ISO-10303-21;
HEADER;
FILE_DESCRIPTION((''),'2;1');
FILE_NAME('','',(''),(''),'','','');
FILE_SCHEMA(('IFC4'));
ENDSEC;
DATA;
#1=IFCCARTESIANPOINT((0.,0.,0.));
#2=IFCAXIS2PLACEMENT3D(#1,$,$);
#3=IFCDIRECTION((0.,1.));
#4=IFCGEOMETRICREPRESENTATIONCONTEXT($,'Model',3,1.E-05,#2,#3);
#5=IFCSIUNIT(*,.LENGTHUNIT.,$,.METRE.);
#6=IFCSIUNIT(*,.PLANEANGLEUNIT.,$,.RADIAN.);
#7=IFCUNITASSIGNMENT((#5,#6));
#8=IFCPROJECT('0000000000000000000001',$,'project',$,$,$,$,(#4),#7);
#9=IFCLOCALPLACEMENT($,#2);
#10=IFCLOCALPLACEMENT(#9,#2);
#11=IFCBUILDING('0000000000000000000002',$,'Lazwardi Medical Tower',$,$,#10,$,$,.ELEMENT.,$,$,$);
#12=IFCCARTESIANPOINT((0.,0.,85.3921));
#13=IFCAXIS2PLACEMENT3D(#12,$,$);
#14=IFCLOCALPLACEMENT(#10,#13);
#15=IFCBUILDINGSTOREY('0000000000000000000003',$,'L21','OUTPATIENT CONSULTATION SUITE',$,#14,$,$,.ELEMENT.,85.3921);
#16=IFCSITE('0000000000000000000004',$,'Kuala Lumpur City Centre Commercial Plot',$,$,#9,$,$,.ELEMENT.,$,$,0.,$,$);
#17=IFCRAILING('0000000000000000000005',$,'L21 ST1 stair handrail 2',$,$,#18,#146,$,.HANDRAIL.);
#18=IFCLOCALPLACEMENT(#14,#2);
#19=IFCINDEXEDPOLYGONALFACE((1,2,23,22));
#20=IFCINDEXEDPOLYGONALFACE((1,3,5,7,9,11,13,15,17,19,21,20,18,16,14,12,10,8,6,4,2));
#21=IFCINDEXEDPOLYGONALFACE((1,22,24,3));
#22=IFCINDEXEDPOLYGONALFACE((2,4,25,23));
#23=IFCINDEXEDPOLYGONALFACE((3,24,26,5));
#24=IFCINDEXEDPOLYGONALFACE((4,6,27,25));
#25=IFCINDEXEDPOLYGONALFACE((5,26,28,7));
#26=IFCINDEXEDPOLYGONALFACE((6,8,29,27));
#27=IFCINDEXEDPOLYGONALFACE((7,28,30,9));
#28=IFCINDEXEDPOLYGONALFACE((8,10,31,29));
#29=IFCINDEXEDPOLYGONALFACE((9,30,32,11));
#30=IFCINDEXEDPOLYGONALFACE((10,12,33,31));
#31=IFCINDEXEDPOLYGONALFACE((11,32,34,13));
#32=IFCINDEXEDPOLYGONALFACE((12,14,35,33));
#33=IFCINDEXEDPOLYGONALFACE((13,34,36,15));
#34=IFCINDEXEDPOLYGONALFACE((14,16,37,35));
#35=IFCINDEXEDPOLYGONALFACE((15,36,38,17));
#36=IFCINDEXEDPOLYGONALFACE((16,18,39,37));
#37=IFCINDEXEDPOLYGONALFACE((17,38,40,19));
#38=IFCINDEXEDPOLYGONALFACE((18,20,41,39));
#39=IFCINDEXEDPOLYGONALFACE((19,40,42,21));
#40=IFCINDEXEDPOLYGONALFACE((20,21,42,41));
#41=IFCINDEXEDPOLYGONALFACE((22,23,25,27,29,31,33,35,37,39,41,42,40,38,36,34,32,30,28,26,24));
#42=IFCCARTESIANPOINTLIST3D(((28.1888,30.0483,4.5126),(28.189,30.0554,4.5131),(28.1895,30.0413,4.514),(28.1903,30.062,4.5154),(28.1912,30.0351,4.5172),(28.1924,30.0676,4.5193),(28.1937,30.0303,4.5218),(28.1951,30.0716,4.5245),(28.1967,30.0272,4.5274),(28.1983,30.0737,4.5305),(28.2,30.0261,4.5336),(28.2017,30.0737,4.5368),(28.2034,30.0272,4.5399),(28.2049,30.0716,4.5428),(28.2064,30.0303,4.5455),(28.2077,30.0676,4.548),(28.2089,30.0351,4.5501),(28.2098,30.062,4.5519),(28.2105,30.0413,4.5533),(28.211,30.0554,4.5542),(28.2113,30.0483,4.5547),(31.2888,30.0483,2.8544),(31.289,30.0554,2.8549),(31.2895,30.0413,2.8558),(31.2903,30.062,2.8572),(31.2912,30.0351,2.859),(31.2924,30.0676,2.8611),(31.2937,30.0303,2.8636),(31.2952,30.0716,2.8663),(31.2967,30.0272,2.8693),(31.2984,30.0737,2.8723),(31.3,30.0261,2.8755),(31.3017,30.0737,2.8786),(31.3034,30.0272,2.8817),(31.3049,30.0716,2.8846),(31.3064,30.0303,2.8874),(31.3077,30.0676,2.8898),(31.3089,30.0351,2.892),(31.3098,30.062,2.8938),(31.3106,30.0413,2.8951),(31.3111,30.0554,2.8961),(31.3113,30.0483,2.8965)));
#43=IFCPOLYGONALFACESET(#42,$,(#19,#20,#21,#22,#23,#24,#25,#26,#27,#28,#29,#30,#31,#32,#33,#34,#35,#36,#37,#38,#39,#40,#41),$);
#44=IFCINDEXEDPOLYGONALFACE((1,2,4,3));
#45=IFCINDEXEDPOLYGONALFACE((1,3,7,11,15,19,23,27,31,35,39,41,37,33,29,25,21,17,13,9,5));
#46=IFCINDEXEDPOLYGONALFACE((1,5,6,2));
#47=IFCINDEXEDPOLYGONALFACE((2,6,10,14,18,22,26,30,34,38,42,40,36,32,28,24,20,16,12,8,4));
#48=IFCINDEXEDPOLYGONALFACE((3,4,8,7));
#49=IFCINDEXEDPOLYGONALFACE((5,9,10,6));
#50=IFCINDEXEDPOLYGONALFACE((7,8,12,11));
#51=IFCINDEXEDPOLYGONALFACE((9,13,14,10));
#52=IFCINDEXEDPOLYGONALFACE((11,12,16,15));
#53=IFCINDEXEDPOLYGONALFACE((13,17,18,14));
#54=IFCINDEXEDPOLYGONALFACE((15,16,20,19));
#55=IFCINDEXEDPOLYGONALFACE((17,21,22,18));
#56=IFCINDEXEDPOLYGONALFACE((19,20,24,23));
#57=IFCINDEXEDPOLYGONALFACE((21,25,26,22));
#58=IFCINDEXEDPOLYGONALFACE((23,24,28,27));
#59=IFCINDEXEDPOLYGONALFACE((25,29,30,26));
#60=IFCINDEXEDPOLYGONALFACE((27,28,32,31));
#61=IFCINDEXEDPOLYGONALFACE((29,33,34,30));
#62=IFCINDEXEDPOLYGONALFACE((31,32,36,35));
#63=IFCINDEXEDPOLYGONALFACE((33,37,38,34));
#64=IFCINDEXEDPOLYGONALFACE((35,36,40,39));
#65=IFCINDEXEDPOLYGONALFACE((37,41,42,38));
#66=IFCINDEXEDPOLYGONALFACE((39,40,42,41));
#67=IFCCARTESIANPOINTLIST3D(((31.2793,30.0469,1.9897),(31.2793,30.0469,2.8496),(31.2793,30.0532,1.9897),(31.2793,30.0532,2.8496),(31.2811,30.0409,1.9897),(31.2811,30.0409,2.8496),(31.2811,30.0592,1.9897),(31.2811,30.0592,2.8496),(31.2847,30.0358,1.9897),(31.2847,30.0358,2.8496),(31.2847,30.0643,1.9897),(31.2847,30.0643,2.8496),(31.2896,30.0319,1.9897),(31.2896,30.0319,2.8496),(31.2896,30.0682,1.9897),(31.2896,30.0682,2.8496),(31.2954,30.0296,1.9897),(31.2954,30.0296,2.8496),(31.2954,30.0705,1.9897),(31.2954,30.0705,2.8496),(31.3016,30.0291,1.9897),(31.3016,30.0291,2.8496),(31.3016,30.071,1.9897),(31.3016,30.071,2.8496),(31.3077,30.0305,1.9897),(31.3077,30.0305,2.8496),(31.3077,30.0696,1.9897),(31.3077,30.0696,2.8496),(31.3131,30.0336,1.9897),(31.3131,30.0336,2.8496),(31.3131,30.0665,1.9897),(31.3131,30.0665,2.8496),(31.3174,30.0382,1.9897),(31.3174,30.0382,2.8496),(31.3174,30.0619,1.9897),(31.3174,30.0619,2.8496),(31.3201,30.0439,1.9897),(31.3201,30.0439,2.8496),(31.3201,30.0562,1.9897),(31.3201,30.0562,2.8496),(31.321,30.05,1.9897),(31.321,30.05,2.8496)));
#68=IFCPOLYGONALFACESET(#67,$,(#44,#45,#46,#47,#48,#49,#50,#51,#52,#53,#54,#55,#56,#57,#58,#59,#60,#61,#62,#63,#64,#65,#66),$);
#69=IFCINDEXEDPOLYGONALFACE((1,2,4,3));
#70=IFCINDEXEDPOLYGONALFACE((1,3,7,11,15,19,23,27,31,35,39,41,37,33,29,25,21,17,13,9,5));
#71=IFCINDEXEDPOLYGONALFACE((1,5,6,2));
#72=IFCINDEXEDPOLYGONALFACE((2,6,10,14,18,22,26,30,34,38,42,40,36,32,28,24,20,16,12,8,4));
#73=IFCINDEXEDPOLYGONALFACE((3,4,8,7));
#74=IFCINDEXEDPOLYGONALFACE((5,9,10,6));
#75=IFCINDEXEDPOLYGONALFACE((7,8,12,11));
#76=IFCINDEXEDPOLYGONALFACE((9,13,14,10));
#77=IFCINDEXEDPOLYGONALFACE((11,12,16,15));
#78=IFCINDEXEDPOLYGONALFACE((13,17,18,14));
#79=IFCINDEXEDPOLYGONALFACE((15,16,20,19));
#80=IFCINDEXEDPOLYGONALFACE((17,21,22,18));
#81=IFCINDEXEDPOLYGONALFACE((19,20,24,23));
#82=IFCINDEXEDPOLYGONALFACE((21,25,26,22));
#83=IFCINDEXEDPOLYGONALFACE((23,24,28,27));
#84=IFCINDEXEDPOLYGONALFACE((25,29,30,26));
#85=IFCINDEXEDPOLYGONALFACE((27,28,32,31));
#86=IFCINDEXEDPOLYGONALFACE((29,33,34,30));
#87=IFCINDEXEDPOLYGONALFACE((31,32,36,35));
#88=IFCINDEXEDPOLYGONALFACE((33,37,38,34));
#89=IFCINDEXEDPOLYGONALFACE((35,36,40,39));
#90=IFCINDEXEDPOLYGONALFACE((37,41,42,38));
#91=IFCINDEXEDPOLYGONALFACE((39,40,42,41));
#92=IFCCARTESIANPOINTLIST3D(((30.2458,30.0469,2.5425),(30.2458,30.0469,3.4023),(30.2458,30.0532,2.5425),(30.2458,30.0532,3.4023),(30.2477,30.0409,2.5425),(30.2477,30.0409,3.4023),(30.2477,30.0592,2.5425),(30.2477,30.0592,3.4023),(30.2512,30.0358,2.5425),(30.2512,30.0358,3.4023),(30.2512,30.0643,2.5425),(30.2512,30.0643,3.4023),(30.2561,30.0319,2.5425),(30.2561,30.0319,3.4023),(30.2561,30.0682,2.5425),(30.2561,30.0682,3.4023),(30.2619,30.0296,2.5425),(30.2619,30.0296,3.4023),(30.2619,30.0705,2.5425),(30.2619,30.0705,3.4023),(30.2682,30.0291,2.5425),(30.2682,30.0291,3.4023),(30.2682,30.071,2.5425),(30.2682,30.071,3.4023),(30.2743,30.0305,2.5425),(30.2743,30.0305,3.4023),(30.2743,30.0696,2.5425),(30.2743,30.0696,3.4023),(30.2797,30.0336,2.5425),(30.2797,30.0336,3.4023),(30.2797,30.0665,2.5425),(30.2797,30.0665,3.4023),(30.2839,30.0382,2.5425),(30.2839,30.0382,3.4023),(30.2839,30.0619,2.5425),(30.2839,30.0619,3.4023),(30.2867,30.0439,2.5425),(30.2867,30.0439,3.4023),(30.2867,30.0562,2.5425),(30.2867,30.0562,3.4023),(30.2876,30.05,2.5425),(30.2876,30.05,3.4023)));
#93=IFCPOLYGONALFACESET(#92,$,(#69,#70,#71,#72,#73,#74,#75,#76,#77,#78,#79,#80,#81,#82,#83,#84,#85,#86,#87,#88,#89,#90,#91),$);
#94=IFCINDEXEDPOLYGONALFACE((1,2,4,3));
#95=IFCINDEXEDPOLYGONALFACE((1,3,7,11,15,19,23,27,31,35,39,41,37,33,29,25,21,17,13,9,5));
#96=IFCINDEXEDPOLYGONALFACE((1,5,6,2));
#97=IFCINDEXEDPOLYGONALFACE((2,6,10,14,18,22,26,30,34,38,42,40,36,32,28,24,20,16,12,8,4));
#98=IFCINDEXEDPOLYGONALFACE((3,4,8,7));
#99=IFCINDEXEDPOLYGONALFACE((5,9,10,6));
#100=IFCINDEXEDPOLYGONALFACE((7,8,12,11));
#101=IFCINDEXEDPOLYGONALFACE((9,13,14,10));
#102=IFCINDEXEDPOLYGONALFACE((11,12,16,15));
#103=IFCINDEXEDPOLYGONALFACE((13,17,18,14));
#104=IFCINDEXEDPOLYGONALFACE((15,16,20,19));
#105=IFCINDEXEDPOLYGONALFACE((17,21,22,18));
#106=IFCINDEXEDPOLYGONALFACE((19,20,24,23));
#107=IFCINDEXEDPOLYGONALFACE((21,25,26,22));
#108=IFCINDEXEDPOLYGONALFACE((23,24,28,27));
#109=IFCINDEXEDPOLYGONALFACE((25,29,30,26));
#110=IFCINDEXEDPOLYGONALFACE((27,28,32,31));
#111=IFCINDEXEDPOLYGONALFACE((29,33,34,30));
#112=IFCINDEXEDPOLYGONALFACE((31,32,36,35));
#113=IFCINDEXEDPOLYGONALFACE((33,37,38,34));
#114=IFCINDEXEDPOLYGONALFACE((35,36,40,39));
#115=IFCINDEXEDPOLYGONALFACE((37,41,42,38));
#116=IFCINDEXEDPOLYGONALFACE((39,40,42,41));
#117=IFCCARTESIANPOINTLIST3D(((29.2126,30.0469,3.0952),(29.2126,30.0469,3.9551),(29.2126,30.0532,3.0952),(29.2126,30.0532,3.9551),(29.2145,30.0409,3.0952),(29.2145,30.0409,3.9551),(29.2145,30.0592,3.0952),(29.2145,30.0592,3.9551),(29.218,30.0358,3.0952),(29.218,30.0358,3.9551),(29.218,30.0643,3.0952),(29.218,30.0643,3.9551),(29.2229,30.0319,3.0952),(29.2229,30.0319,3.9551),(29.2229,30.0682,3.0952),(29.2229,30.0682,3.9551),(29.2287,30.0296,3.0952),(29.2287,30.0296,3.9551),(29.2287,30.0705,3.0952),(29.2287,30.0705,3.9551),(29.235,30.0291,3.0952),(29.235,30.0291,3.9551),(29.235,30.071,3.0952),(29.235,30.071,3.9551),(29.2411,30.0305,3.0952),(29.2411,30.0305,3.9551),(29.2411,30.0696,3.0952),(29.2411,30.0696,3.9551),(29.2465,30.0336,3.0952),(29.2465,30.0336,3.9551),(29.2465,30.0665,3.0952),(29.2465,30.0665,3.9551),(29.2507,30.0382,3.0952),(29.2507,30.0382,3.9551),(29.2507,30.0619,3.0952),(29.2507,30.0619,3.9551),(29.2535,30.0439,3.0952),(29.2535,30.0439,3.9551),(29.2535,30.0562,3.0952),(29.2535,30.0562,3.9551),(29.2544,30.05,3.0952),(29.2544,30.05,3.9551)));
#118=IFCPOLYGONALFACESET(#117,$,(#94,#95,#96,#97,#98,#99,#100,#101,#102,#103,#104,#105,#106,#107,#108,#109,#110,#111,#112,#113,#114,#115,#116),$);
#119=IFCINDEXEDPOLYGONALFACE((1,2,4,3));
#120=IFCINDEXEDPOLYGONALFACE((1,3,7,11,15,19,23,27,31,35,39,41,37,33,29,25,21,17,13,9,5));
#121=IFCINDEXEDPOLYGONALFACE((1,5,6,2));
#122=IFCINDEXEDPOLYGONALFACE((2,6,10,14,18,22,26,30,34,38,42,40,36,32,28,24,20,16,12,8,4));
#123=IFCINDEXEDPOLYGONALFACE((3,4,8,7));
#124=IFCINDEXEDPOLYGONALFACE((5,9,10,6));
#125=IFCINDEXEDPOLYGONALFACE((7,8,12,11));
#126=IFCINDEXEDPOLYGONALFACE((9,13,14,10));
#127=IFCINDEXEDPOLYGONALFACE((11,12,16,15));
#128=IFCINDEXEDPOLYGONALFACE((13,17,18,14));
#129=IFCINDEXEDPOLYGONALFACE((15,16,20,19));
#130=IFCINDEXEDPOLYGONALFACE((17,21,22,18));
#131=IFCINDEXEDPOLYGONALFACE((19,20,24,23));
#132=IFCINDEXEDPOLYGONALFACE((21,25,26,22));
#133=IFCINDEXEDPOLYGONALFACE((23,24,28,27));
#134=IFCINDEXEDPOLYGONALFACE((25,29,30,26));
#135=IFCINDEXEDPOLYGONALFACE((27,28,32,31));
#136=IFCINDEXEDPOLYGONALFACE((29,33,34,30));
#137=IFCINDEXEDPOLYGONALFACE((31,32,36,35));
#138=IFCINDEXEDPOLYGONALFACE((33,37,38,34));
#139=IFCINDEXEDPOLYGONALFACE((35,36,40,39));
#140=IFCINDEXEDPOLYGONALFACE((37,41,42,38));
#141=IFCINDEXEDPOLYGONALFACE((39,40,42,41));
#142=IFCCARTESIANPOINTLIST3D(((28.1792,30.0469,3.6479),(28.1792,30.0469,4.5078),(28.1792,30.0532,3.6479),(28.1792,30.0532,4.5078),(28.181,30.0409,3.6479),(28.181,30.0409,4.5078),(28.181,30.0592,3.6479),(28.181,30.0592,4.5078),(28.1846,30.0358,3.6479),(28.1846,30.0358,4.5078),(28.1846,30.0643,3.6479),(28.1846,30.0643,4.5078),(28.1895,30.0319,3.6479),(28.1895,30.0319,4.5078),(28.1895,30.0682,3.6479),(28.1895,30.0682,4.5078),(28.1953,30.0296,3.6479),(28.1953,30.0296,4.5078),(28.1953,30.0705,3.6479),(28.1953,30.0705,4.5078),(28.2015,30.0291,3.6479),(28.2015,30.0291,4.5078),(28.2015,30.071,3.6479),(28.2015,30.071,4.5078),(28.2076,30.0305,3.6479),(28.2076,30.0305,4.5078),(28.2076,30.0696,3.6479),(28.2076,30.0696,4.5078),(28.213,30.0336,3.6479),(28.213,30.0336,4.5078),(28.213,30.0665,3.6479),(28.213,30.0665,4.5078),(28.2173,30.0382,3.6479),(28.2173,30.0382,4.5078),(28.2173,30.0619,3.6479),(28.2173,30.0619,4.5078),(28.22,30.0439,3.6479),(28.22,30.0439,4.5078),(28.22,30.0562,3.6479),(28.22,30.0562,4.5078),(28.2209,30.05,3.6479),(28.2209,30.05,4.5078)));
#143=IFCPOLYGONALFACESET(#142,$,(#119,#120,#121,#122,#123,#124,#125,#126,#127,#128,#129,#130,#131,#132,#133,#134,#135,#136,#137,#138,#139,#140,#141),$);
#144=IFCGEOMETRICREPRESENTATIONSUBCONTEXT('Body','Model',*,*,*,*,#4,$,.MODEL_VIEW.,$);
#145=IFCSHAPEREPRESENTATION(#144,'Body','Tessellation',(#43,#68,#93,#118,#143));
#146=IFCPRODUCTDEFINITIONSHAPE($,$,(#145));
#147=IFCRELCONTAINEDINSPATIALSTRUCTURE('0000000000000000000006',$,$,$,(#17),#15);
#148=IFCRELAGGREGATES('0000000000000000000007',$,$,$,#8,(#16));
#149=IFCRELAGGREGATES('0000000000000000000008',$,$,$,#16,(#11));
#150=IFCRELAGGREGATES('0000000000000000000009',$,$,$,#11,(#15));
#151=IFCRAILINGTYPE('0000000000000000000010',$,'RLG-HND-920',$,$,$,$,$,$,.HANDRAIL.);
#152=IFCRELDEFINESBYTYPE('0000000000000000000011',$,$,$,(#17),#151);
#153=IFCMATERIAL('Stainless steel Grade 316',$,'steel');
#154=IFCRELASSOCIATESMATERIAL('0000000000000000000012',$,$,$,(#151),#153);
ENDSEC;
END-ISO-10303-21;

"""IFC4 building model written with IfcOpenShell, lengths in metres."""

from ifc_helpers import new_model, si_unit, direction, frame, origin, origin_2d, place, context, subcontext, project, spatial, circle, extrude, material, type_object, element, save


model = new_model("IFC4")

# Units and contexts
model_context = context("Model", 3, precision=1e-05, world=origin(), true_north=direction((0.0, 1.0)))
body_context = subcontext(model_context, "Body", "Model", "MODEL_VIEW")
ifc_project = project(units=[si_unit("LENGTHUNIT", "METRE"), si_unit("PLANEANGLEUNIT", "RADIAN")], contexts=[model_context])

# Site, building, storey
site_placement = place(None, origin())
site = spatial("IfcSite", under=ifc_project, at=site_placement, Name="Kuala Lumpur City Centre Commercial Plot", CompositionType="ELEMENT", RefElevation=0.0)
building_placement = place(site_placement, origin())
building = spatial("IfcBuilding", under=site, at=building_placement, Name="Lazwardi Medical Tower", CompositionType="ELEMENT")
storey_placement = place(building_placement, frame((0.0, 0.0, 85.3921)))
storey = spatial("IfcBuildingStorey", under=building, at=storey_placement, Name="L21", Description="OUTPATIENT CONSULTATION SUITE", CompositionType="ELEMENT", Elevation=85.3921)

# Railing
ifc_material_1 = material(Name="Stainless steel Grade 316", Category="steel")
railing_type = type_object("IfcRailingType", Name="RLG-HND-920", PredefinedType="HANDRAIL", material=ifc_material_1)
railing_placement = place(storey_placement, frame((31.3, 30.05, 1.9897)))
element("IfcRailing", 1, at=railing_placement, inside=storey, type_object=railing_type, Name="L21 ST1 stair handrail 2", PredefinedType="HANDRAIL", context=body_context, shape_type="SweptSolid", body=[
    extrude(circle(Radius=0.0239, at=origin_2d()), frame((0.0, 0.0, 0.8857), z_axis=(-0.881783, 0.0, 0.471655), x_axis=(0.0, -1.0, 0.0)), (0.0, 0.0, 1.0), 3.5156),
    extrude(circle(Radius=0.021, at=origin_2d()), origin(), (0.0, 0.0, 1.0), 0.8599),
    extrude(circle(Radius=0.021, at=origin_2d()), frame((-1.0334, 0.0, 0.5527)), (0.0, 0.0, 1.0), 0.8599),
    extrude(circle(Radius=0.021, at=origin_2d()), frame((-2.0667, 0.0, 1.1055)), (0.0, 0.0, 1.0), 0.8599),
    extrude(circle(Radius=0.021, at=origin_2d()), frame((-3.1001, 0.0, 1.6582)), (0.0, 0.0, 1.0), 0.8599),
])

save(model, "model.ifc")
